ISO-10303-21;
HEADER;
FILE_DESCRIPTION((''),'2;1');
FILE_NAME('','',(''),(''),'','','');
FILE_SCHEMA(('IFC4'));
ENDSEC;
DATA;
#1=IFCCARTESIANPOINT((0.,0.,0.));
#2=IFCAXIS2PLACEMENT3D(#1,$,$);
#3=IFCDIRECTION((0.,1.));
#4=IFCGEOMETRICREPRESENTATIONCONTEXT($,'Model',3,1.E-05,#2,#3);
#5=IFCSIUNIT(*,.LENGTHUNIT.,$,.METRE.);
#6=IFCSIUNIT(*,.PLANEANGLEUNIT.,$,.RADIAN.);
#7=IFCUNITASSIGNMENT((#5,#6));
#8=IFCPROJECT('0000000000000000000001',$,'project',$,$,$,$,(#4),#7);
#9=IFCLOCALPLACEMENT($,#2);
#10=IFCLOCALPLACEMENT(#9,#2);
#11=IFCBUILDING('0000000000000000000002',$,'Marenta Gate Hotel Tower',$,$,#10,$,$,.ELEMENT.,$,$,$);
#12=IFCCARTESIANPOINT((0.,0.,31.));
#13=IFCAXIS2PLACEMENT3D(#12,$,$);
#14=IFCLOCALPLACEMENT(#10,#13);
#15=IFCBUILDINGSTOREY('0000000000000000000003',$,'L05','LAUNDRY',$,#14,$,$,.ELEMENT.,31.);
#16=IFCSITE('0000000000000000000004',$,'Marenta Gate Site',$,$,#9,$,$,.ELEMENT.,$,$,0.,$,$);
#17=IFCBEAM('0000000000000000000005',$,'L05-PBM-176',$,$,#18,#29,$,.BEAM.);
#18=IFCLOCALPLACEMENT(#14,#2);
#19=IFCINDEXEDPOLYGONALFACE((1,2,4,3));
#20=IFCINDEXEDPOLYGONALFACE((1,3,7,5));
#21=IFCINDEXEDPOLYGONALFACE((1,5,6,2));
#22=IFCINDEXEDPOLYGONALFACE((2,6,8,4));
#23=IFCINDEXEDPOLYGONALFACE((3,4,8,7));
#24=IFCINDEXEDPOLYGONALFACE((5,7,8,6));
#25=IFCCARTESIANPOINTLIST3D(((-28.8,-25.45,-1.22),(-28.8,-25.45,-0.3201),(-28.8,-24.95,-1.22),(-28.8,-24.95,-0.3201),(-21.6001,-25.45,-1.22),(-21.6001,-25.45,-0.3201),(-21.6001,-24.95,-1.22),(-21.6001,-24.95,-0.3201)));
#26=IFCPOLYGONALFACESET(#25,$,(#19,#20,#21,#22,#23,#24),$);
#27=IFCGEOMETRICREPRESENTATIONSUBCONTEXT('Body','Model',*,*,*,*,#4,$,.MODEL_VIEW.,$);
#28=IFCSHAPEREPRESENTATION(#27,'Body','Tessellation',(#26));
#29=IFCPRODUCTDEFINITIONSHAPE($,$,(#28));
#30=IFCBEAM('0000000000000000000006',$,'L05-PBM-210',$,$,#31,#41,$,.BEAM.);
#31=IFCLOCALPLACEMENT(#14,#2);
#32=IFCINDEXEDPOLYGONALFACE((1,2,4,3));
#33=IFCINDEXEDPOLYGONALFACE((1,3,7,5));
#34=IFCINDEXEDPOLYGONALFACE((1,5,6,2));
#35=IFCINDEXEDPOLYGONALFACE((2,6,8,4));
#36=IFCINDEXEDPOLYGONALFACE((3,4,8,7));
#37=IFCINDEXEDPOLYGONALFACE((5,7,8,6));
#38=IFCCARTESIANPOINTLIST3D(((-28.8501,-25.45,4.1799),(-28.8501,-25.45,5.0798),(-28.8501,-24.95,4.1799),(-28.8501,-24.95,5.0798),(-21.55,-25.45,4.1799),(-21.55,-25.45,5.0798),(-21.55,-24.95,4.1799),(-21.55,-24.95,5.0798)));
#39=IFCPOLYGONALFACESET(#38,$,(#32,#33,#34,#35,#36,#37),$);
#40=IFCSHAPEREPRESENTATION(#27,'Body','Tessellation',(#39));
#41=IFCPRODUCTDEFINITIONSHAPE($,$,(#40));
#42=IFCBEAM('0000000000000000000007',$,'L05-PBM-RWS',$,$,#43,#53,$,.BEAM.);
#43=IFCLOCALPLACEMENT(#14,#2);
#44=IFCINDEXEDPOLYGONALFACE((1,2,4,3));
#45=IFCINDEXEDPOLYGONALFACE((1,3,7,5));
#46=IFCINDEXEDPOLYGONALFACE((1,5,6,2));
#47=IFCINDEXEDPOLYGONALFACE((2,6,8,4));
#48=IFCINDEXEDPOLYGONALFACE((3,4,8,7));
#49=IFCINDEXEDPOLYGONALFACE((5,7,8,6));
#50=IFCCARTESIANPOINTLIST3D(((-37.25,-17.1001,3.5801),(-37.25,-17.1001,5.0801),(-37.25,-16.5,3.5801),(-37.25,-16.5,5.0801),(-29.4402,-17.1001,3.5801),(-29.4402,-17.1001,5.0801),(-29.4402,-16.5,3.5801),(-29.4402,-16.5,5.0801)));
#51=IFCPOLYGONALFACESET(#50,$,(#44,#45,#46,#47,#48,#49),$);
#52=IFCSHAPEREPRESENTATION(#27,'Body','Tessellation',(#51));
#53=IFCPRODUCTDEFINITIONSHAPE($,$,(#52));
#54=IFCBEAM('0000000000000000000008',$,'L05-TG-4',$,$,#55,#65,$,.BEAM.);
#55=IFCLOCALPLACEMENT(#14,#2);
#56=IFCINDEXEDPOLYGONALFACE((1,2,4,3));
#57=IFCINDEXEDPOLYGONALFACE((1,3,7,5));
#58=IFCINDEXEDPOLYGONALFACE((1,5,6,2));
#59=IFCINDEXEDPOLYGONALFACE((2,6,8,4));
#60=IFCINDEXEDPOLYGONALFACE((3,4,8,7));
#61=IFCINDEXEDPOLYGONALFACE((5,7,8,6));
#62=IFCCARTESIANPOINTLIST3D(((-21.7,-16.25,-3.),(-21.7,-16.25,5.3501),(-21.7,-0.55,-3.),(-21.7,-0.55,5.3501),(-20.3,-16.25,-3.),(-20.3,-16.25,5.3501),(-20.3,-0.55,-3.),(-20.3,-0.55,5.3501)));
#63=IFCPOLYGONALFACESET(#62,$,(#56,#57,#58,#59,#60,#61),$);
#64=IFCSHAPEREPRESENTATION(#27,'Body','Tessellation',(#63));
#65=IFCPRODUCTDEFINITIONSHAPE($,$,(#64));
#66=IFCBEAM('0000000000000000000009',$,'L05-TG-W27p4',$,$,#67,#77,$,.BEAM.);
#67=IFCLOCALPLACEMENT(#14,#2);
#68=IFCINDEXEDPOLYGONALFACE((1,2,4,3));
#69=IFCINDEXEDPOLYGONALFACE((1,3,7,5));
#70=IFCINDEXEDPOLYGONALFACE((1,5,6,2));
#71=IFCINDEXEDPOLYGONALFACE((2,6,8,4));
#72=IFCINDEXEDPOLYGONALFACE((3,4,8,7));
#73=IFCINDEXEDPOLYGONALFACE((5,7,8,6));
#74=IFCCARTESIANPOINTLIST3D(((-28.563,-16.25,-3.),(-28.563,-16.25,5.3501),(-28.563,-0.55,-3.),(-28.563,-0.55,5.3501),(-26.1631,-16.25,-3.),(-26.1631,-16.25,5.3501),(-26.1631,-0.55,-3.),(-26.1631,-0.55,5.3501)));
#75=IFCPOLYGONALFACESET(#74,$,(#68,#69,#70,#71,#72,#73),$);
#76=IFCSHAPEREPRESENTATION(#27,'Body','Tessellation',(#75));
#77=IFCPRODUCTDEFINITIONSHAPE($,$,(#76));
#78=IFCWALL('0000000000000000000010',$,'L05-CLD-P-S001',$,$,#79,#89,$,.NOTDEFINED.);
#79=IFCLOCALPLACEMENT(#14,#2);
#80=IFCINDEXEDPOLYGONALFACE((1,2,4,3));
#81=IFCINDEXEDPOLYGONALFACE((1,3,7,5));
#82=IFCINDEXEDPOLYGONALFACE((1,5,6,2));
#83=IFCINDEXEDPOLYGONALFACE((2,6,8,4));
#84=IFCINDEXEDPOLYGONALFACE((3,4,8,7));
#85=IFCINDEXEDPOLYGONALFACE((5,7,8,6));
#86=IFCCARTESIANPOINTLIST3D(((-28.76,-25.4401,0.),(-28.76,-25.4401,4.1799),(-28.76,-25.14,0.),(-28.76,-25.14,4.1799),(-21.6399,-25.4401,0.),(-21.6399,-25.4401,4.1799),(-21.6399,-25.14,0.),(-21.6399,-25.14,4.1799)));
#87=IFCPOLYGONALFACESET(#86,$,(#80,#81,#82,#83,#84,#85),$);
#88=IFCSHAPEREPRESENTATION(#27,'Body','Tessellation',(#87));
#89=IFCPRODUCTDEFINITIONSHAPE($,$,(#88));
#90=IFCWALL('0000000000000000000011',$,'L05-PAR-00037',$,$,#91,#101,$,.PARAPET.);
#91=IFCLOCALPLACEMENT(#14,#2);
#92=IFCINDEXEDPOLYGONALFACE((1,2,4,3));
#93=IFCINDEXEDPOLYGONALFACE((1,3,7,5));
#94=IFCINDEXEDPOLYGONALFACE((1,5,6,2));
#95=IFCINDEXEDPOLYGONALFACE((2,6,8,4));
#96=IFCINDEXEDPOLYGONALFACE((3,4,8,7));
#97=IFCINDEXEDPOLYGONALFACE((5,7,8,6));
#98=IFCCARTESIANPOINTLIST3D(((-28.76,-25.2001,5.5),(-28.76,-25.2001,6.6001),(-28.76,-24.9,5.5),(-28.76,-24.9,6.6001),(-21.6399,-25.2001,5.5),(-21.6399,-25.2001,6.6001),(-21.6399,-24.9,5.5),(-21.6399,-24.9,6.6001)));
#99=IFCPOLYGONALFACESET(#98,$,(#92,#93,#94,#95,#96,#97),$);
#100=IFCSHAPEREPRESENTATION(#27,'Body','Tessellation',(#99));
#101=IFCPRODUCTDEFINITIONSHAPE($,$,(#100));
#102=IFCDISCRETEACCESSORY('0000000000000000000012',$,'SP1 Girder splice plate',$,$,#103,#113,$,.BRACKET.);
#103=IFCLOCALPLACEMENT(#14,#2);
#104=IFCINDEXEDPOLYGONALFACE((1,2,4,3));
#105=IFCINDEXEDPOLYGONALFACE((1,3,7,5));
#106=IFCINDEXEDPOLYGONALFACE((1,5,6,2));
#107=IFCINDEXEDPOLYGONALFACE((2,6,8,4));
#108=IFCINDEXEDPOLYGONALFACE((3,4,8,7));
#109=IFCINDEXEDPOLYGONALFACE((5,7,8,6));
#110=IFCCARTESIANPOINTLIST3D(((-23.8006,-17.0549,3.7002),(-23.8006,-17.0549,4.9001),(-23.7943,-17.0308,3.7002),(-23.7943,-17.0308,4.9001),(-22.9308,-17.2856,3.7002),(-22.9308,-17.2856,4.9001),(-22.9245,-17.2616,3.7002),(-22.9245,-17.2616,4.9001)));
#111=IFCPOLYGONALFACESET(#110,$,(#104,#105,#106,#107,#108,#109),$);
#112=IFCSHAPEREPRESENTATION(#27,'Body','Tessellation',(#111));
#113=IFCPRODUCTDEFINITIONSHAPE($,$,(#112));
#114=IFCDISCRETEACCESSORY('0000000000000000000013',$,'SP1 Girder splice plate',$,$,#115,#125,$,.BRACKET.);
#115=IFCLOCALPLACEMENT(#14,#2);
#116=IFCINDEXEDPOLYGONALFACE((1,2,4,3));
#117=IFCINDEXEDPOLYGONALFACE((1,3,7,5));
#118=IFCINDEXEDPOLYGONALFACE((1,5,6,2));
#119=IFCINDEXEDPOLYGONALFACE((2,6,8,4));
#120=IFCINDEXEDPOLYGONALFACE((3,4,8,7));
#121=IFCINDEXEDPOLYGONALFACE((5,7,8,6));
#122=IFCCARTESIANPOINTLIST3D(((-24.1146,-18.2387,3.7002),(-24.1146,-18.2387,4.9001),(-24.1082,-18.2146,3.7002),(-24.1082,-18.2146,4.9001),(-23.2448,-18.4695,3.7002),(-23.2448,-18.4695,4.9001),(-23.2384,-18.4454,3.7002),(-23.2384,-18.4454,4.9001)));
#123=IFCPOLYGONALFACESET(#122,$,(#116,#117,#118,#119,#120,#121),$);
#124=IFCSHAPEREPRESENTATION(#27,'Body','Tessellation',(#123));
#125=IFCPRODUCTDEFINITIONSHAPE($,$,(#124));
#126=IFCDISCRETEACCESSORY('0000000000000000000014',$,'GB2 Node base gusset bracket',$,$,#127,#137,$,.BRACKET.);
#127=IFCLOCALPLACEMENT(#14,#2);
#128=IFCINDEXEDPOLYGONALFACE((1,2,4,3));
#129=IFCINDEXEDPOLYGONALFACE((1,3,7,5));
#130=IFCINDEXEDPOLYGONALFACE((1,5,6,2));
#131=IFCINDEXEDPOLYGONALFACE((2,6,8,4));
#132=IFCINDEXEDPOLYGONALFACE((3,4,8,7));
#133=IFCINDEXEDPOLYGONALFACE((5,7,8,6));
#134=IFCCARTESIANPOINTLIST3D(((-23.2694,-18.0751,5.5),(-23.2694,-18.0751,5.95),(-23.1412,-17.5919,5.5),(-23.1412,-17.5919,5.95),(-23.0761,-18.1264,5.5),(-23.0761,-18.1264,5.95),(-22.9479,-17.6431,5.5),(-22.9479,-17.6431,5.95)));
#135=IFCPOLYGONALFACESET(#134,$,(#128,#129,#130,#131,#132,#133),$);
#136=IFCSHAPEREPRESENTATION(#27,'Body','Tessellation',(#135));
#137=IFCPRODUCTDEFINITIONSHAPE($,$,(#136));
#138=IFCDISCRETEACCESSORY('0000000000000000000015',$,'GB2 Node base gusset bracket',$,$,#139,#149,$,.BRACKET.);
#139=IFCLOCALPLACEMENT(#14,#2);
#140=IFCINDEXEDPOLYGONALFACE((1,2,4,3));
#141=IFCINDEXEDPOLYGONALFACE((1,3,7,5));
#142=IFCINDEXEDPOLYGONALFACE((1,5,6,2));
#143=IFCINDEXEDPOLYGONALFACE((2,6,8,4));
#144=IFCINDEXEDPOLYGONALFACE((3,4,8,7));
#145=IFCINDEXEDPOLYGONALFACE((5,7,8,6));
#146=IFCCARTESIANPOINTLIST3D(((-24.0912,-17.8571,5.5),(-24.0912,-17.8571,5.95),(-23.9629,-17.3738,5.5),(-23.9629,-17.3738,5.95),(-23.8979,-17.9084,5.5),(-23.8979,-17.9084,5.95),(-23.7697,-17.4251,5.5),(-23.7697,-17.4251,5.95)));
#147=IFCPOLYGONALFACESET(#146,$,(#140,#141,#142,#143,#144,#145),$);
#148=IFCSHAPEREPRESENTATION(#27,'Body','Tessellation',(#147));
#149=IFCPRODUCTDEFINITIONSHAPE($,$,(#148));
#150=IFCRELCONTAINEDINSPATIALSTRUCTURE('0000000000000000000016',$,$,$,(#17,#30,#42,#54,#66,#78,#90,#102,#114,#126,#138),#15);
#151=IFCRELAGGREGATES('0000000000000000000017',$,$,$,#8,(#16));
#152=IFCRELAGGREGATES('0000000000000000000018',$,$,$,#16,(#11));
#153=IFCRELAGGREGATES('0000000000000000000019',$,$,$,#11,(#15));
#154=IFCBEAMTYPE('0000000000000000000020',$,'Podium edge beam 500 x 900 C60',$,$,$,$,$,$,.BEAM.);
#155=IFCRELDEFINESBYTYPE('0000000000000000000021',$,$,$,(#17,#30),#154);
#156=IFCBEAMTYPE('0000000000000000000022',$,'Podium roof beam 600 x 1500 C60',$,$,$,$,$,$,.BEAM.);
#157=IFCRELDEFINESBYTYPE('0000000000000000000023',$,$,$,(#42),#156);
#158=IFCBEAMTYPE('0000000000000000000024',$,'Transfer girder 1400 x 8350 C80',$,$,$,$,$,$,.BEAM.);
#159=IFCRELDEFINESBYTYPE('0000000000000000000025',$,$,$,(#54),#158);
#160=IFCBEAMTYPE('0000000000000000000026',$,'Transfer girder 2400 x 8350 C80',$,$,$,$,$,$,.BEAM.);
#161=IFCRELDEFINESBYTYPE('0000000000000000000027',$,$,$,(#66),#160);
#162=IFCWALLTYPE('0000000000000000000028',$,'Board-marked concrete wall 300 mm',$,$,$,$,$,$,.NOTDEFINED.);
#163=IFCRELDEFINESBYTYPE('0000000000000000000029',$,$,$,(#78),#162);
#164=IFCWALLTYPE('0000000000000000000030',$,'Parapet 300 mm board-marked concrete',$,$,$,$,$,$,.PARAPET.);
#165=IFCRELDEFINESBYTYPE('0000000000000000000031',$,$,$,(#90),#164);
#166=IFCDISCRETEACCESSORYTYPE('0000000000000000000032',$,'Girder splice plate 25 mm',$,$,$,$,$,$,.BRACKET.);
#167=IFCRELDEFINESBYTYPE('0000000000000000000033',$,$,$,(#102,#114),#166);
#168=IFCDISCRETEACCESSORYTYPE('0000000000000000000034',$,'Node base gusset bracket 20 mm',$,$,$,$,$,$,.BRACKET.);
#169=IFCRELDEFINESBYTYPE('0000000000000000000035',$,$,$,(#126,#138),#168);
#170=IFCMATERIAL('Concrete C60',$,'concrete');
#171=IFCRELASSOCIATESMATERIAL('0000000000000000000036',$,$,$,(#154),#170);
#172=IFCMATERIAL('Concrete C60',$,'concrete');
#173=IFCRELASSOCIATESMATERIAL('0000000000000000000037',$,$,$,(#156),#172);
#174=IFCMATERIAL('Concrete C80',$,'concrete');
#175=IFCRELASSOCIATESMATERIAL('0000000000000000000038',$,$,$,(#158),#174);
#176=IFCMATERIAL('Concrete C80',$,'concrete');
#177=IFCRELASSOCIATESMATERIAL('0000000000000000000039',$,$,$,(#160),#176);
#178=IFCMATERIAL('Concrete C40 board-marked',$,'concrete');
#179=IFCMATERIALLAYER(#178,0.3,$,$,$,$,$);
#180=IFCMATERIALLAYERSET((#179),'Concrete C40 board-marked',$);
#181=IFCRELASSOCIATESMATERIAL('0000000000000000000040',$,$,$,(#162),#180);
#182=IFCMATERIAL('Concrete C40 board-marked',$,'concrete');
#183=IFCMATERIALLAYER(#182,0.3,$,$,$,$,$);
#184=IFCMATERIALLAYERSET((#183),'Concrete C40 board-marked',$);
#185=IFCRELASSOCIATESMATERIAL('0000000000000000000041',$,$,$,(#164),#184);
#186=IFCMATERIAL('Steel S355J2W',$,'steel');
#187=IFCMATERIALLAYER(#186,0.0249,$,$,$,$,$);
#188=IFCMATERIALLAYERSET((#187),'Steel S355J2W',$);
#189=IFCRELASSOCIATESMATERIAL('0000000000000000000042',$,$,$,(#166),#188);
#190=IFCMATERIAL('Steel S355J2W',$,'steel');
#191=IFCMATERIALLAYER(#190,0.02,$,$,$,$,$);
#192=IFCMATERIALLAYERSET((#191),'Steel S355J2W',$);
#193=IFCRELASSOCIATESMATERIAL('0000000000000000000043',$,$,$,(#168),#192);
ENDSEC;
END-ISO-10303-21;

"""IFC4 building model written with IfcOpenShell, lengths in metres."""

from ifc_helpers import new_model, si_unit, direction, frame, frame_2d, origin, origin_2d, place, context, subcontext, project, spatial, rectangle, extrude, material, layer, layer_set, material_profile, profile_set, type_object, element, save


model = new_model("IFC4")

# Units and contexts
model_context = context("Model", 3, precision=1e-05, world=origin(), true_north=direction((0.0, 1.0)))
body_context = subcontext(model_context, "Body", "Model", "MODEL_VIEW")
ifc_project = project(units=[si_unit("LENGTHUNIT", "METRE"), si_unit("PLANEANGLEUNIT", "RADIAN")], contexts=[model_context])

# Site, building, storey
site_placement = place(None, origin())
site = spatial("IfcSite", under=ifc_project, at=site_placement, Name="Marenta Gate Site", CompositionType="ELEMENT", RefElevation=0.0)
building_placement = place(site_placement, origin())
building = spatial("IfcBuilding", under=site, at=building_placement, Name="Marenta Gate Hotel Tower", CompositionType="ELEMENT")
storey_placement = place(building_placement, frame((0.0, 0.0, 31.0)))
storey = spatial("IfcBuildingStorey", under=building, at=storey_placement, Name="L05", Description="LAUNDRY", CompositionType="ELEMENT", Elevation=31.0)

# Beams
ifc_material_1 = material(Name="Concrete C60", Category="concrete")
ifc_material_profile_1 = material_profile(ifc_material_1, rectangle(XDim=0.5, YDim=0.8999, at=origin_2d()), Name="500 x 900")
ifc_profile_set_1 = profile_set([ifc_material_profile_1], Name="Concrete C60")
beam_type_1 = type_object("IfcBeamType", Name="Podium edge beam 500 x 900 C60", PredefinedType="BEAM", material=ifc_profile_set_1)
beam_1_placement = place(storey_placement, frame((-28.8, -25.2, -0.77), z_axis=(1.0, 0.0, 0.0), x_axis=(0.0, 1.0, 0.0)))
element("IfcBeam", 1, at=beam_1_placement, inside=storey, type_object=beam_type_1, Name="L05-PBM-176", PredefinedType="BEAM", context=body_context, shape_type="SweptSolid", body=[
    extrude(rectangle(XDim=0.5, YDim=0.8999, at=origin_2d()), origin(), (0.0, 0.0, 1.0), 7.2),
])
beam_2_placement = place(storey_placement, frame((-28.8501, -25.2, 4.6299), z_axis=(1.0, 0.0, 0.0), x_axis=(0.0, 1.0, 0.0)))
element("IfcBeam", 2, at=beam_2_placement, inside=storey, type_object=beam_type_1, Name="L05-PBM-210", PredefinedType="BEAM", context=body_context, shape_type="SweptSolid", body=[
    extrude(rectangle(XDim=0.5, YDim=0.8999, at=origin_2d()), origin(), (0.0, 0.0, 1.0), 7.3),
])
ifc_material_2 = material(Name="Concrete C60", Category="concrete")
ifc_material_profile_2 = material_profile(ifc_material_2, rectangle(XDim=0.6001, YDim=1.5, at=origin_2d()), Name="600 x 1500")
ifc_profile_set_2 = profile_set([ifc_material_profile_2], Name="Concrete C60")
beam_type_2 = type_object("IfcBeamType", Name="Podium roof beam 600 x 1500 C60", PredefinedType="BEAM", material=ifc_profile_set_2)
beam_3_placement = place(storey_placement, frame((-29.4402, -16.8, 4.3301), z_axis=(-1.0, 0.0, 0.0), x_axis=(0.0, -1.0, 0.0)))
element("IfcBeam", 3, at=beam_3_placement, inside=storey, type_object=beam_type_2, Name="L05-PBM-RWS", PredefinedType="BEAM", context=body_context, shape_type="SweptSolid", body=[
    extrude(rectangle(XDim=0.6001, YDim=1.5, at=origin_2d()), origin(), (0.0, 0.0, 1.0), 7.8098),
])
ifc_material_3 = material(Name="Concrete C80", Category="concrete")
ifc_material_profile_3 = material_profile(ifc_material_3, rectangle(XDim=1.3999, YDim=8.3501, at=origin_2d()), Name="1400 x 8350")
ifc_profile_set_3 = profile_set([ifc_material_profile_3], Name="Concrete C80")
beam_type_3 = type_object("IfcBeamType", Name="Transfer girder 1400 x 8350 C80", PredefinedType="BEAM", material=ifc_profile_set_3)
beam_4_placement = place(storey_placement, frame((-21.0, -16.25, 5.3501), z_axis=(0.0, 1.0, 0.0), x_axis=(-1.0, 0.0, 0.0)))
element("IfcBeam", 4, at=beam_4_placement, inside=storey, type_object=beam_type_3, Name="L05-TG-4", PredefinedType="BEAM", context=body_context, shape_type="SweptSolid", body=[
    extrude(rectangle(XDim=1.3999, YDim=8.3501, at=frame_2d((0.0, -4.175))), origin(), (0.0, 0.0, 1.0), 15.7),
])
ifc_material_4 = material(Name="Concrete C80", Category="concrete")
ifc_material_profile_4 = material_profile(ifc_material_4, rectangle(XDim=2.3999, YDim=8.3501, at=origin_2d()), Name="2400 x 8350")
ifc_profile_set_4 = profile_set([ifc_material_profile_4], Name="Concrete C80")
beam_type_4 = type_object("IfcBeamType", Name="Transfer girder 2400 x 8350 C80", PredefinedType="BEAM", material=ifc_profile_set_4)
beam_5_placement = place(storey_placement, frame((-27.363, -16.25, 5.3501), z_axis=(0.0, 1.0, 0.0), x_axis=(-1.0, 0.0, 0.0)))
element("IfcBeam", 5, at=beam_5_placement, inside=storey, type_object=beam_type_4, Name="L05-TG-W27p4", PredefinedType="BEAM", context=body_context, shape_type="SweptSolid", body=[
    extrude(rectangle(XDim=2.3999, YDim=8.3501, at=frame_2d((0.0, -4.175))), origin(), (0.0, 0.0, 1.0), 15.7),
])

# Walls
ifc_material_5 = material(Name="Concrete C40 board-marked", Category="concrete")
ifc_layer_1 = layer(ifc_material_5, 0.3)
ifc_layer_set_1 = layer_set([ifc_layer_1], Name="Concrete C40 board-marked")
wall_type_1 = type_object("IfcWallType", Name="Board-marked concrete wall 300 mm", PredefinedType="NOTDEFINED", material=ifc_layer_set_1)
wall_1_placement = place(storey_placement, frame((-28.76, -25.29, 0.0), z_axis=(0.0, 0.0, 1.0), x_axis=(1.0, 0.0, 0.0)))
element("IfcWall", 6, at=wall_1_placement, inside=storey, type_object=wall_type_1, Name="L05-CLD-P-S001", PredefinedType="NOTDEFINED", context=body_context, shape_type="SweptSolid", body=[
    extrude(rectangle(XDim=7.1201, YDim=0.3, at=frame_2d((3.5601, 0.0))), origin(), (0.0, 0.0, 1.0), 4.1799),
])
ifc_material_6 = material(Name="Concrete C40 board-marked", Category="concrete")
ifc_layer_2 = layer(ifc_material_6, 0.3)
ifc_layer_set_2 = layer_set([ifc_layer_2], Name="Concrete C40 board-marked")
wall_type_2 = type_object("IfcWallType", Name="Parapet 300 mm board-marked concrete", PredefinedType="PARAPET", material=ifc_layer_set_2)
wall_2_placement = place(storey_placement, frame((-21.6399, -25.05, 5.5), z_axis=(0.0, 0.0, 1.0), x_axis=(-1.0, 0.0, 0.0)))
element("IfcWall", 7, at=wall_2_placement, inside=storey, type_object=wall_type_2, Name="L05-PAR-00037", PredefinedType="PARAPET", context=body_context, shape_type="SweptSolid", body=[
    extrude(rectangle(XDim=7.1201, YDim=0.3, at=frame_2d((3.5601, 0.0))), origin(), (0.0, 0.0, 1.0), 1.1001),
])

# Discrete accessories
ifc_material_7 = material(Name="Steel S355J2W", Category="steel")
ifc_layer_3 = layer(ifc_material_7, 0.0249)
ifc_layer_set_3 = layer_set([ifc_layer_3], Name="Steel S355J2W")
discrete_accessory_type_1 = type_object("IfcDiscreteAccessoryType", Name="Girder splice plate 25 mm", PredefinedType="BRACKET", material=ifc_layer_set_3)
for number, where, z_axis, x_axis, name in (
    (8, (-23.3625, -17.1582, 3.7002), (0.0, 0.0, 1.0), (-0.966562, 0.256434, 0.0), "SP1 Girder splice plate"),
    (9, (-23.6765, -18.342, 3.7002), (0.0, 0.0, 1.0), (-0.966562, 0.256434, 0.0), "SP1 Girder splice plate"),
):
    element("IfcDiscreteAccessory", number, at=place(storey_placement, frame(where, z_axis=z_axis, x_axis=x_axis)), inside=storey, type_object=discrete_accessory_type_1, Name=name, PredefinedType="BRACKET", context=body_context, shape_type="SweptSolid", body=[
        extrude(rectangle(XDim=0.8999, YDim=0.0249, at=origin_2d()), origin(), (0.0, 0.0, 1.0), 1.2),
    ])
ifc_material_8 = material(Name="Steel S355J2W", Category="steel")
ifc_layer_4 = layer(ifc_material_8, 0.02)
ifc_layer_set_4 = layer_set([ifc_layer_4], Name="Steel S355J2W")
discrete_accessory_type_2 = type_object("IfcDiscreteAccessoryType", Name="Node base gusset bracket 20 mm", PredefinedType="BRACKET", material=ifc_layer_set_4)
for number, where, z_axis, x_axis, name in (
    (10, (-23.1086, -17.8591, 5.5), (0.0, 0.0, 1.0), (-0.966562, 0.256434, 0.0), "GB2 Node base gusset bracket"),
    (11, (-23.9304, -17.6411, 5.5), (0.0, 0.0, 1.0), (-0.966562, 0.256434, 0.0), "GB2 Node base gusset bracket"),
):
    element("IfcDiscreteAccessory", number, at=place(storey_placement, frame(where, z_axis=z_axis, x_axis=x_axis)), inside=storey, type_object=discrete_accessory_type_2, Name=name, PredefinedType="BRACKET", context=body_context, shape_type="SweptSolid", body=[
        extrude(rectangle(XDim=0.2, YDim=0.5, at=origin_2d()), origin(), (0.0, 0.0, 1.0), 0.45),
    ])

save(model, "model.ifc")
